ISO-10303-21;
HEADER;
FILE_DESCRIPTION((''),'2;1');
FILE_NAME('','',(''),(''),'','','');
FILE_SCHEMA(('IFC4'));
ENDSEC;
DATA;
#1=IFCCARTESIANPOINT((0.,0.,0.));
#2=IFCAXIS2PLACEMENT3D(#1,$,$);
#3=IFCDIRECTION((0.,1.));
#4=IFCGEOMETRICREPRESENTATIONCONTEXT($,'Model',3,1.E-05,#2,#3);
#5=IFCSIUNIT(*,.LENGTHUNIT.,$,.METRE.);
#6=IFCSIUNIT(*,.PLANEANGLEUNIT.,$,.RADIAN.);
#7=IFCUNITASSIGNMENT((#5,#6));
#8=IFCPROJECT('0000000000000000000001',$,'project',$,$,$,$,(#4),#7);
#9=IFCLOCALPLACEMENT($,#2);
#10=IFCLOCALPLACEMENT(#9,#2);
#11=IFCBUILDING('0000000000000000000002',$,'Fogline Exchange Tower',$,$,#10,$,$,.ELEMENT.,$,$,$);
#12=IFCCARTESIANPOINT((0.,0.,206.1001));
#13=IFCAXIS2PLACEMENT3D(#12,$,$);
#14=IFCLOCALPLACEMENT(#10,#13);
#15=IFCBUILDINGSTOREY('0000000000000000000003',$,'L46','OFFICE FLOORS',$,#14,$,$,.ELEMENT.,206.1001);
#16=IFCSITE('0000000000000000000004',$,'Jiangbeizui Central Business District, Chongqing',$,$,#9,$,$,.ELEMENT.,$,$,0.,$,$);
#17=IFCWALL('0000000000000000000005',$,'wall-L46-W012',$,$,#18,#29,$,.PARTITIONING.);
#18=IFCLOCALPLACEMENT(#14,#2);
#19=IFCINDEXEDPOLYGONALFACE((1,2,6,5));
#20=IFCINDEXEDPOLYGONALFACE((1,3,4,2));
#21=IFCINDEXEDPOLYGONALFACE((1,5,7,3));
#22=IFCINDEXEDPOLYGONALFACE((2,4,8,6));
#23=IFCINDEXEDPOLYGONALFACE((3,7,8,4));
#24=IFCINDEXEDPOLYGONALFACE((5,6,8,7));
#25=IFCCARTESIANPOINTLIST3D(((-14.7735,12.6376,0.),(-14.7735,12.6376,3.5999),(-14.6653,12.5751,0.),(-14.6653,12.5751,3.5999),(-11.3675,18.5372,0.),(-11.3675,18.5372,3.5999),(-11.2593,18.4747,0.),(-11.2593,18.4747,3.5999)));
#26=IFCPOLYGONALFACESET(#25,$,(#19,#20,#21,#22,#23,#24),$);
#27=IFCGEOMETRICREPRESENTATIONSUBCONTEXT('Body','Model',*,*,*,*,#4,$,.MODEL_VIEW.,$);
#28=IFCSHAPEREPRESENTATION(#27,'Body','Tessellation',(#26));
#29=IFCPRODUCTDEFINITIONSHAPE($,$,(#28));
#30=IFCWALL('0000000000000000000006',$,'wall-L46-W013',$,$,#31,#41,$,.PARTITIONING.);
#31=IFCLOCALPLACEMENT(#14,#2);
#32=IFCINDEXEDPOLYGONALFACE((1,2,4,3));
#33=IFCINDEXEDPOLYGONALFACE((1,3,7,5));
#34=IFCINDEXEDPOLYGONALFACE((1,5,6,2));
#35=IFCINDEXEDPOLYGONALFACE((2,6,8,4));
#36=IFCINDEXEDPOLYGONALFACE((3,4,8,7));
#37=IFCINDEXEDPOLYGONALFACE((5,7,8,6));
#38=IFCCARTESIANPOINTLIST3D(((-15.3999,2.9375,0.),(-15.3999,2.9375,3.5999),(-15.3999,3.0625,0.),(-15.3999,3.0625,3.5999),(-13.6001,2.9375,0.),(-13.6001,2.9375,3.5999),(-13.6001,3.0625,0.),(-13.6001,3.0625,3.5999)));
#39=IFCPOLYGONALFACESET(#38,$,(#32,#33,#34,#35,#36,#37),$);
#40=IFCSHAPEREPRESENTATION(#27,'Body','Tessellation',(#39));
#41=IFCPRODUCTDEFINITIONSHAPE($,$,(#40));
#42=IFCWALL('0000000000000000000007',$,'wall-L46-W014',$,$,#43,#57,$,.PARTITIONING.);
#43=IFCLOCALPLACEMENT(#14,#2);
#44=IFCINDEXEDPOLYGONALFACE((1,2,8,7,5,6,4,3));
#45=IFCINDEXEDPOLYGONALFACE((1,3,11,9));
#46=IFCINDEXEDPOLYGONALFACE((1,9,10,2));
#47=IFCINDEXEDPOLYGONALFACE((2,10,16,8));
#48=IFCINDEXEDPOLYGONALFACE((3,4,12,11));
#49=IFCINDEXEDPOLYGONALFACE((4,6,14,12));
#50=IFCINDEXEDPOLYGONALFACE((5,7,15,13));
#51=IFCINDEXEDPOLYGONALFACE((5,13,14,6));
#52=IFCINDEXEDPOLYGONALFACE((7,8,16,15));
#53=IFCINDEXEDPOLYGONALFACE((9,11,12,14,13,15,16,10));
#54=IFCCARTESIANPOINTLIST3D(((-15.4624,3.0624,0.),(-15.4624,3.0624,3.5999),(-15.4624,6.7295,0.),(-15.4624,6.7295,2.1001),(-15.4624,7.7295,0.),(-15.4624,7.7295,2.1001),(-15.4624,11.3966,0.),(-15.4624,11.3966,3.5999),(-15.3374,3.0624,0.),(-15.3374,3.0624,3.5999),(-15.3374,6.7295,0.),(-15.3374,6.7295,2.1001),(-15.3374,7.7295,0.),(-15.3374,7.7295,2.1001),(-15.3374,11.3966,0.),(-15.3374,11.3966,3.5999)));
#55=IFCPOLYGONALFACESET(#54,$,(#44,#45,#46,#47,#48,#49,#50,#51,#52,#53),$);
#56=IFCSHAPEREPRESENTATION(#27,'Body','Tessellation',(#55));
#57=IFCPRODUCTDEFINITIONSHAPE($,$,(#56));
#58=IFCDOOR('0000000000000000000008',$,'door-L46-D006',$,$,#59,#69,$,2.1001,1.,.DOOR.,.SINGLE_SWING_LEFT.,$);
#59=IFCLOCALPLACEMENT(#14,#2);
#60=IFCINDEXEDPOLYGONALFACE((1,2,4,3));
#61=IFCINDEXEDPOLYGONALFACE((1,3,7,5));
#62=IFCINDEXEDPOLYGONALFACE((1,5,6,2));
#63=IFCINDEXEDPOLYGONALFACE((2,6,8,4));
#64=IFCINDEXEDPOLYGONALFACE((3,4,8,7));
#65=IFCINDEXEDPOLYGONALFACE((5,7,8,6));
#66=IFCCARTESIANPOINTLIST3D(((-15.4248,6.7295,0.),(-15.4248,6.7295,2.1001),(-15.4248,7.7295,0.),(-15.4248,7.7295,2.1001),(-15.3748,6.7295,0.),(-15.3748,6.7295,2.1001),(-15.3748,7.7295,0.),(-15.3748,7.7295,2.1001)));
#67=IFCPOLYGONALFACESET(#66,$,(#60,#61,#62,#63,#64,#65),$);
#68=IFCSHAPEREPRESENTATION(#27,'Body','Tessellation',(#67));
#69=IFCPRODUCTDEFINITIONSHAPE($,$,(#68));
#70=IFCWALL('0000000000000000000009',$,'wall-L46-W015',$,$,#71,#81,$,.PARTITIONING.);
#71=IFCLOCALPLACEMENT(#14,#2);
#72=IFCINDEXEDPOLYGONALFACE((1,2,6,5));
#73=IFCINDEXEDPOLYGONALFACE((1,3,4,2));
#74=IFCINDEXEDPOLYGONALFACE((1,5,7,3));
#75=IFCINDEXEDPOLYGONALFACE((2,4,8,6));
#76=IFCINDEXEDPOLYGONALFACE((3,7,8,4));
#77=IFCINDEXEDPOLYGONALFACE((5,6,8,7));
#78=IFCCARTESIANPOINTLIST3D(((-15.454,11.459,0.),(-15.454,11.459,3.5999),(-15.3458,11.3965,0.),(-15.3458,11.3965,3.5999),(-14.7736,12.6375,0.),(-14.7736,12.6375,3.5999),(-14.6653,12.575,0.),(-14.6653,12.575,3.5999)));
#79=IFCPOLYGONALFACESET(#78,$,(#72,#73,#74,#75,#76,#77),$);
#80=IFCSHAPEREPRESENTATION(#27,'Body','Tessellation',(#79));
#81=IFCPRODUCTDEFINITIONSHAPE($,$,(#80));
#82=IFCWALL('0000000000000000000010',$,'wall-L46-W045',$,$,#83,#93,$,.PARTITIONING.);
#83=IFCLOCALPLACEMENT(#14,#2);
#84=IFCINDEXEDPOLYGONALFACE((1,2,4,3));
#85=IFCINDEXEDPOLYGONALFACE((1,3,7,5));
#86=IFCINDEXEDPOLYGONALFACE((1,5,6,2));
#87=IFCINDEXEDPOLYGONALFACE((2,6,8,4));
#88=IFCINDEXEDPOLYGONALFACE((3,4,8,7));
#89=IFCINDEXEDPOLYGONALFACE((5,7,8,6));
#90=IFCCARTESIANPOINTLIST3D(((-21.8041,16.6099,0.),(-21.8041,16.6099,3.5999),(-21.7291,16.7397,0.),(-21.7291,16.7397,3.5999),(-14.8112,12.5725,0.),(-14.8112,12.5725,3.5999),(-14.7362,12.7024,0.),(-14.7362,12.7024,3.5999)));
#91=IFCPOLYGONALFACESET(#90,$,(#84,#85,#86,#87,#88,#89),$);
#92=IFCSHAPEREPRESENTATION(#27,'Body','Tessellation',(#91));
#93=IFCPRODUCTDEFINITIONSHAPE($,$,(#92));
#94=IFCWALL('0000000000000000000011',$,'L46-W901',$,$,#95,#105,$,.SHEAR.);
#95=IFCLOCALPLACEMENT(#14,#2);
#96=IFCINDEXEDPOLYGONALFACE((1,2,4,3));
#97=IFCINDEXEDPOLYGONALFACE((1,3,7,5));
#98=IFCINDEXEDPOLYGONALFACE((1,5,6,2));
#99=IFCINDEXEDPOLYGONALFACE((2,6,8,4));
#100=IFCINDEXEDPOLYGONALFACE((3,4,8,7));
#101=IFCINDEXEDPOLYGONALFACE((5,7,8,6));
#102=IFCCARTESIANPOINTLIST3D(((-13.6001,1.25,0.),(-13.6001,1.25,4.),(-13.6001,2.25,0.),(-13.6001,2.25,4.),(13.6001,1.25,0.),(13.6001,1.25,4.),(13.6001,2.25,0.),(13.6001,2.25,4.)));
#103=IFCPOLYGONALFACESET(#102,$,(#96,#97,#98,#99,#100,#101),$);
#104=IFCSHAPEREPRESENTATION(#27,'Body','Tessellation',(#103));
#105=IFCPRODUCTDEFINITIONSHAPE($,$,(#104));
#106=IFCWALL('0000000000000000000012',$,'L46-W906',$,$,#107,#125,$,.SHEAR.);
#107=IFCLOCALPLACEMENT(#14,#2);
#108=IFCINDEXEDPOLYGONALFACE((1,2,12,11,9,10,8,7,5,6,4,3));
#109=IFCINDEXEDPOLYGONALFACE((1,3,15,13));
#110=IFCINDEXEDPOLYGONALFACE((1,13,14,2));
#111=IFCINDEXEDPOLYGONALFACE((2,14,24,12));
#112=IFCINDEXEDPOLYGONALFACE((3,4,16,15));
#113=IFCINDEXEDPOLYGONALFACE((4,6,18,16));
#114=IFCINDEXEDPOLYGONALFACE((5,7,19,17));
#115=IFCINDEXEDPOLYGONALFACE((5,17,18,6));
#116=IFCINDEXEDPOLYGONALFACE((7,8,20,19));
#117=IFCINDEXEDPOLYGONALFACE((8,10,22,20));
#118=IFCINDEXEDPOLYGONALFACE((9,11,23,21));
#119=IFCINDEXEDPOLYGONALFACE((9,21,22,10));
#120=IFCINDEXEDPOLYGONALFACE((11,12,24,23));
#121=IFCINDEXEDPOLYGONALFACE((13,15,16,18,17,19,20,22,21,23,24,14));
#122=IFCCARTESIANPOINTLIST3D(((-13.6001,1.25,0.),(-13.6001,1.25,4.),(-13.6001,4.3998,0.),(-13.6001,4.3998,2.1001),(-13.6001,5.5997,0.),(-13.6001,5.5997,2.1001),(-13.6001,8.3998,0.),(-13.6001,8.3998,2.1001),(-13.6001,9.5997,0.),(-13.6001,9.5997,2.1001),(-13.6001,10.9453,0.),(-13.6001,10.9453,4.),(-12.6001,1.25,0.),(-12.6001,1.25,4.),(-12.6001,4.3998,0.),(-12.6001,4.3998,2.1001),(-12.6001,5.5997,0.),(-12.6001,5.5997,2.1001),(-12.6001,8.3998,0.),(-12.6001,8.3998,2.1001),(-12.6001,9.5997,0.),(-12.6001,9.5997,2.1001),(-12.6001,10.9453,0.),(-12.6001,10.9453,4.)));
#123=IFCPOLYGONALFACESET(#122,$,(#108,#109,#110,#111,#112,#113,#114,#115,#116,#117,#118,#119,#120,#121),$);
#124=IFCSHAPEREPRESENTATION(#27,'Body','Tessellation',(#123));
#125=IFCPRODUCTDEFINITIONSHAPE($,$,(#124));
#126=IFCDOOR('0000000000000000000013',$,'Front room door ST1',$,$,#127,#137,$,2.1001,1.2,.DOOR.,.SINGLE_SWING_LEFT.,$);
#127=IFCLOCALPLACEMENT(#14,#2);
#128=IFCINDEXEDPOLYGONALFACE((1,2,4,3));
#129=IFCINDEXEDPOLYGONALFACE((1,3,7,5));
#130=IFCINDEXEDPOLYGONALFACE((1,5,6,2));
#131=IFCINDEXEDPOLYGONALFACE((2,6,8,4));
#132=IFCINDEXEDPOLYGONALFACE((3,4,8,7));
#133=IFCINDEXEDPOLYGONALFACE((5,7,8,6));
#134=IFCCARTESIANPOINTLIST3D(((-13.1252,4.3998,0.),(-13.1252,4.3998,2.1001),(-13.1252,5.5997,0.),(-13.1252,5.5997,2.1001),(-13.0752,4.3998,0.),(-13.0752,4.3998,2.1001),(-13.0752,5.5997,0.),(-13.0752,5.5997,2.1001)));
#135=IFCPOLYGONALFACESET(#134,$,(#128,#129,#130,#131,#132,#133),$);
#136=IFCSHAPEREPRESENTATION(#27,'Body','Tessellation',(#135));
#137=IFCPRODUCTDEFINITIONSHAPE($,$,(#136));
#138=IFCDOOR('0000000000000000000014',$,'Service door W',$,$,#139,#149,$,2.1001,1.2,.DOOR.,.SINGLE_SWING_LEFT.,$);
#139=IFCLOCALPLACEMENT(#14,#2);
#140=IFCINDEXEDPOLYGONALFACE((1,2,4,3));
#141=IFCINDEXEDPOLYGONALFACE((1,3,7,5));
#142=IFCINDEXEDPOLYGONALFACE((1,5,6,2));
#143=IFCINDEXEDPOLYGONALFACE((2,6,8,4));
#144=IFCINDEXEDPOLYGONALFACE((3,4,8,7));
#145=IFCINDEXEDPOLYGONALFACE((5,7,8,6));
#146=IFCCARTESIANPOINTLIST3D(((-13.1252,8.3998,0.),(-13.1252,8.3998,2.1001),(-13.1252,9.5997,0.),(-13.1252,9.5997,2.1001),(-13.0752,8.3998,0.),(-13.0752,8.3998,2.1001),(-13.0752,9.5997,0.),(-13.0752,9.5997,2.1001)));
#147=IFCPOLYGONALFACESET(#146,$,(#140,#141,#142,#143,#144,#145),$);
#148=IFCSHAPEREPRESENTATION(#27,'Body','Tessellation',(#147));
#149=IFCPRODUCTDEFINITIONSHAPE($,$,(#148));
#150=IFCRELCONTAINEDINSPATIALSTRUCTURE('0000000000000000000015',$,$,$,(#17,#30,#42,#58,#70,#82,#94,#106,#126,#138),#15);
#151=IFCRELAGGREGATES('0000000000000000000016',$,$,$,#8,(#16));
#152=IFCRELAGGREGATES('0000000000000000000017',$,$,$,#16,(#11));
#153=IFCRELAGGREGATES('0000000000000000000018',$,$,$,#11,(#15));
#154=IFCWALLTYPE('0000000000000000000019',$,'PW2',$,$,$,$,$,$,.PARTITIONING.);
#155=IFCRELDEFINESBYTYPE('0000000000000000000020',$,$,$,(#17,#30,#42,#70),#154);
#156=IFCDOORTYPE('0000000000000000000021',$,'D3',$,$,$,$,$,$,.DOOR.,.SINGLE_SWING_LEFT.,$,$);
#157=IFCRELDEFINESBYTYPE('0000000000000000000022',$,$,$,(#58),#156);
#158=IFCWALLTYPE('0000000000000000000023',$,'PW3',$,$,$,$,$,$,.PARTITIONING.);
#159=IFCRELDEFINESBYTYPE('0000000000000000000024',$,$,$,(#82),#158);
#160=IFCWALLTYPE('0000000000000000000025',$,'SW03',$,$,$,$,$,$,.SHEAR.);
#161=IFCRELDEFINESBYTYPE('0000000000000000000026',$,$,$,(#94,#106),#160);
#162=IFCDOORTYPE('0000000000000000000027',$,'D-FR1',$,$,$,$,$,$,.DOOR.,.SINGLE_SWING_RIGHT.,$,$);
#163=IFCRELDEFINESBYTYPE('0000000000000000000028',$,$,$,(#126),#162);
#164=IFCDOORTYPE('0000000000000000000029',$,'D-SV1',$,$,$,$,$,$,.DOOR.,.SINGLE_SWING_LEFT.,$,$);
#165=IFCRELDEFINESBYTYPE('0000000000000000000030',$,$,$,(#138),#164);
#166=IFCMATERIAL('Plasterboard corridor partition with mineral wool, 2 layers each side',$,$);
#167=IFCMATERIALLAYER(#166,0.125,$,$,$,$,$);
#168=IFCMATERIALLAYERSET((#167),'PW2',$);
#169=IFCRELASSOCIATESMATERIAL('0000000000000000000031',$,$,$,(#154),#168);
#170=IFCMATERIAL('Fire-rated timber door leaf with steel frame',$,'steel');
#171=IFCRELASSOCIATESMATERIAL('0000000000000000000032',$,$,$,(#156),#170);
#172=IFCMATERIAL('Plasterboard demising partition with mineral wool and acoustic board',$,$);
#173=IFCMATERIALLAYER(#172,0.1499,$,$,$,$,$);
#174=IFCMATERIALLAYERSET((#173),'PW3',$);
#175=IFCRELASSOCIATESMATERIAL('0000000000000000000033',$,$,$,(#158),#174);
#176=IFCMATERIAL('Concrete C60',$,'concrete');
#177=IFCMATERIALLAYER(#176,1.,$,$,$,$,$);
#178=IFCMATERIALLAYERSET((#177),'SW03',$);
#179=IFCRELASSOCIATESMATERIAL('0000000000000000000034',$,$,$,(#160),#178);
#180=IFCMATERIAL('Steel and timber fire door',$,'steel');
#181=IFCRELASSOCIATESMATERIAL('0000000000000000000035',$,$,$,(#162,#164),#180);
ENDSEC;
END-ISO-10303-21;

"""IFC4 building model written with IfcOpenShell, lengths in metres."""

from ifc_helpers import new_model, si_unit, direction, frame, frame_2d, origin, place, context, subcontext, project, spatial, rectangle, extrude, material, layer, layer_set, type_object, element, fill, save


model = new_model("IFC4")

# Units and contexts
model_context = context("Model", 3, precision=1e-05, world=origin(), true_north=direction((0.0, 1.0)))
body_context = subcontext(model_context, "Body", "Model", "MODEL_VIEW")
ifc_project = project(units=[si_unit("LENGTHUNIT", "METRE"), si_unit("PLANEANGLEUNIT", "RADIAN")], contexts=[model_context])

# Site, building, storey
site_placement = place(None, origin())
site = spatial("IfcSite", under=ifc_project, at=site_placement, Name="Jiangbeizui Central Business District, Chongqing", CompositionType="ELEMENT", RefElevation=0.0)
building_placement = place(site_placement, origin())
building = spatial("IfcBuilding", under=site, at=building_placement, Name="Fogline Exchange Tower", CompositionType="ELEMENT")
storey_placement = place(building_placement, frame((0.0, 0.0, 206.1001)))
storey = spatial("IfcBuildingStorey", under=building, at=storey_placement, Name="L46", Description="OFFICE FLOORS", CompositionType="ELEMENT", Elevation=206.1001)

# Shared definitions
ifc_material_1 = material(Name="Steel and timber fire door", Category="steel")

# Walls
ifc_material_2 = material(Name="Plasterboard corridor partition with mineral wool, 2 layers each side")
ifc_layer_1 = layer(ifc_material_2, 0.125)
ifc_layer_set_1 = layer_set([ifc_layer_1], Name="PW2")
wall_type_1 = type_object("IfcWallType", Name="PW2", PredefinedType="PARTITIONING", material=ifc_layer_set_1)
wall_1_placement = place(storey_placement, frame((-14.7195, 12.6062, 0.0), z_axis=(0.0, 0.0, 1.0), x_axis=(0.499982, 0.866036, 0.0)))
element("IfcWall", 1, at=wall_1_placement, inside=storey, type_object=wall_type_1, Name="wall-L46-W012", PredefinedType="PARTITIONING", context=body_context, shape_type="SweptSolid", body=[
    extrude(rectangle(XDim=6.8123, YDim=0.125, at=frame_2d((3.4062, 0.0))), origin(), (0.0, 0.0, 1.0), 3.5999),
])
wall_2_placement = place(storey_placement, frame((-13.6001, 3.0, 0.0), z_axis=(0.0, 0.0, 1.0), x_axis=(-1.0, 0.0, 0.0)))
element("IfcWall", 2, at=wall_2_placement, inside=storey, type_object=wall_type_1, Name="wall-L46-W013", PredefinedType="PARTITIONING", context=body_context, shape_type="SweptSolid", body=[
    extrude(rectangle(XDim=1.7998, YDim=0.125, at=frame_2d((0.8999, 0.0))), origin(), (0.0, 0.0, 1.0), 3.5999),
])

# Wall, opening, door
wall_3_placement = place(storey_placement, frame((-15.3999, 3.0625, 0.0), z_axis=(0.0, 0.0, 1.0), x_axis=(0.0, 1.0, 0.0)))
wall_3 = element("IfcWall", 3, at=wall_3_placement, inside=storey, type_object=wall_type_1, Name="wall-L46-W014", PredefinedType="PARTITIONING", context=body_context, shape_type="SweptSolid", body=[
    extrude(rectangle(XDim=8.3342, YDim=0.125, at=frame_2d((4.167, 0.0))), origin(), (0.0, 0.0, 1.0), 3.5999),
])
opening_1_placement = place(wall_3_placement, frame((3.667, 0.0, 0.0)))
opening_1 = element("IfcOpeningElement", 4, at=opening_1_placement, cuts=wall_3, PredefinedType="OPENING", context=body_context, shape_type="SweptSolid", body=[
    extrude(rectangle(XDim=1.0, YDim=2.1001, at=frame_2d((0.5, 1.05))), frame((0.0, 0.0725, 0.0), z_axis=(0.0, -1.0, 0.0), x_axis=(1.0, 0.0, 0.0)), (0.0, 0.0, 1.0), 0.145),
])
ifc_material_3 = material(Name="Fire-rated timber door leaf with steel frame", Category="steel")
door_type_1 = type_object("IfcDoorType", Name="D3", OperationType="SINGLE_SWING_LEFT", PredefinedType="DOOR", material=ifc_material_3)
door_1_placement = place(opening_1_placement, origin())
door_1 = element("IfcDoor", 5, at=door_1_placement, inside=storey, type_object=door_type_1, Name="door-L46-D006", OperationType="SINGLE_SWING_LEFT", OverallHeight=2.1001, OverallWidth=1.0, PredefinedType="DOOR", context=body_context, shape_type="SweptSolid", body=[
    extrude(rectangle(XDim=1.0, YDim=2.1001, at=frame_2d((0.5, 1.05))), frame((0.0, 0.0249, 0.0), z_axis=(0.0, -1.0, 0.0), x_axis=(1.0, 0.0, 0.0)), (0.0, 0.0, 1.0), 0.05),
])
fill(opening_1, door_1)

# Walls
wall_4_placement = place(storey_placement, frame((-15.3999, 11.4277, 0.0), z_axis=(0.0, 0.0, 1.0), x_axis=(0.500018, 0.866015, 0.0)))
element("IfcWall", 6, at=wall_4_placement, inside=storey, type_object=wall_type_1, Name="wall-L46-W015", PredefinedType="PARTITIONING", context=body_context, shape_type="SweptSolid", body=[
    extrude(rectangle(XDim=1.3608, YDim=0.125, at=frame_2d((0.6804, 0.0))), origin(), (0.0, 0.0, 1.0), 3.5999),
])
ifc_material_4 = material(Name="Plasterboard demising partition with mineral wool and acoustic board")
ifc_layer_2 = layer(ifc_material_4, 0.1499)
ifc_layer_set_2 = layer_set([ifc_layer_2], Name="PW3")
wall_type_2 = type_object("IfcWallType", Name="PW3", PredefinedType="PARTITIONING", material=ifc_layer_set_2)
wall_5_placement = place(storey_placement, frame((-14.7737, 12.6375, 0.0), z_axis=(0.0, 0.0, 1.0), x_axis=(-0.866026, 0.499999, 0.0)))
element("IfcWall", 7, at=wall_5_placement, inside=storey, type_object=wall_type_2, Name="wall-L46-W045", PredefinedType="PARTITIONING", context=body_context, shape_type="SweptSolid", body=[
    extrude(rectangle(XDim=8.0747, YDim=0.1499, at=frame_2d((4.0374, 0.0))), origin(), (0.0, 0.0, 1.0), 3.5999),
])
ifc_material_5 = material(Name="Concrete C60", Category="concrete")
ifc_layer_3 = layer(ifc_material_5, 1.0)
ifc_layer_set_3 = layer_set([ifc_layer_3], Name="SW03")
wall_type_3 = type_object("IfcWallType", Name="SW03", PredefinedType="SHEAR", material=ifc_layer_set_3)
wall_6_placement = place(storey_placement, frame((-13.6001, 1.75, 0.0), z_axis=(0.0, 0.0, 1.0), x_axis=(1.0, 0.0, 0.0)))
element("IfcWall", 8, at=wall_6_placement, inside=storey, type_object=wall_type_3, Name="L46-W901", PredefinedType="SHEAR", context=body_context, shape_type="SweptSolid", body=[
    extrude(rectangle(XDim=27.2002, YDim=1.0, at=frame_2d((13.6001, 0.0))), origin(), (0.0, 0.0, 1.0), 4.0),
])

# Wall, openings, doors
wall_7_placement = place(storey_placement, frame((-13.1001, 10.9453, 0.0), z_axis=(0.0, 0.0, 1.0), x_axis=(0.0, -1.0, 0.0)))
wall_7 = element("IfcWall", 9, at=wall_7_placement, inside=storey, type_object=wall_type_3, Name="L46-W906", PredefinedType="SHEAR", context=body_context, shape_type="SweptSolid", body=[
    extrude(rectangle(XDim=9.6953, YDim=1.0, at=frame_2d((4.8477, 0.0))), origin(), (0.0, 0.0, 1.0), 4.0),
])
opening_2_placement = place(wall_7_placement, frame((5.3455, 0.0, 0.0)))
opening_2 = element("IfcOpeningElement", 10, at=opening_2_placement, cuts=wall_7, PredefinedType="OPENING", context=body_context, shape_type="SweptSolid", body=[
    extrude(rectangle(XDim=1.2, YDim=2.1001, at=frame_2d((0.6001, 1.05))), frame((0.0, 0.51, 0.0), z_axis=(0.0, -1.0, 0.0), x_axis=(1.0, 0.0, 0.0)), (0.0, 0.0, 1.0), 1.02),
])
opening_3_placement = place(wall_7_placement, frame((1.3455, 0.0, 0.0)))
opening_3 = element("IfcOpeningElement", 11, at=opening_3_placement, cuts=wall_7, PredefinedType="OPENING", context=body_context, shape_type="SweptSolid", body=[
    extrude(rectangle(XDim=1.2, YDim=2.1001, at=frame_2d((0.6001, 1.05))), frame((0.0, 0.51, 0.0), z_axis=(0.0, -1.0, 0.0), x_axis=(1.0, 0.0, 0.0)), (0.0, 0.0, 1.0), 1.02),
])
door_type_2 = type_object("IfcDoorType", Name="D-FR1", OperationType="SINGLE_SWING_RIGHT", PredefinedType="DOOR", material=ifc_material_1)
door_2_placement = place(opening_2_placement, origin())
door_2 = element("IfcDoor", 12, at=door_2_placement, inside=storey, type_object=door_type_2, Name="Front room door ST1", OperationType="SINGLE_SWING_LEFT", OverallHeight=2.1001, OverallWidth=1.2, PredefinedType="DOOR", context=body_context, shape_type="SweptSolid", body=[
    extrude(rectangle(XDim=1.2, YDim=2.1001, at=frame_2d((0.6001, 1.05))), frame((0.0, 0.0249, 0.0), z_axis=(0.0, -1.0, 0.0), x_axis=(1.0, 0.0, 0.0)), (0.0, 0.0, 1.0), 0.05),
])
fill(opening_2, door_2)
door_type_3 = type_object("IfcDoorType", Name="D-SV1", OperationType="SINGLE_SWING_LEFT", PredefinedType="DOOR", material=ifc_material_1)
door_3_placement = place(opening_3_placement, origin())
door_3 = element("IfcDoor", 13, at=door_3_placement, inside=storey, type_object=door_type_3, Name="Service door W", OperationType="SINGLE_SWING_LEFT", OverallHeight=2.1001, OverallWidth=1.2, PredefinedType="DOOR", context=body_context, shape_type="SweptSolid", body=[
    extrude(rectangle(XDim=1.2, YDim=2.1001, at=frame_2d((0.6001, 1.05))), frame((0.0, 0.0249, 0.0), z_axis=(0.0, -1.0, 0.0), x_axis=(1.0, 0.0, 0.0)), (0.0, 0.0, 1.0), 0.05),
])
fill(opening_3, door_3)

save(model, "model.ifc")
